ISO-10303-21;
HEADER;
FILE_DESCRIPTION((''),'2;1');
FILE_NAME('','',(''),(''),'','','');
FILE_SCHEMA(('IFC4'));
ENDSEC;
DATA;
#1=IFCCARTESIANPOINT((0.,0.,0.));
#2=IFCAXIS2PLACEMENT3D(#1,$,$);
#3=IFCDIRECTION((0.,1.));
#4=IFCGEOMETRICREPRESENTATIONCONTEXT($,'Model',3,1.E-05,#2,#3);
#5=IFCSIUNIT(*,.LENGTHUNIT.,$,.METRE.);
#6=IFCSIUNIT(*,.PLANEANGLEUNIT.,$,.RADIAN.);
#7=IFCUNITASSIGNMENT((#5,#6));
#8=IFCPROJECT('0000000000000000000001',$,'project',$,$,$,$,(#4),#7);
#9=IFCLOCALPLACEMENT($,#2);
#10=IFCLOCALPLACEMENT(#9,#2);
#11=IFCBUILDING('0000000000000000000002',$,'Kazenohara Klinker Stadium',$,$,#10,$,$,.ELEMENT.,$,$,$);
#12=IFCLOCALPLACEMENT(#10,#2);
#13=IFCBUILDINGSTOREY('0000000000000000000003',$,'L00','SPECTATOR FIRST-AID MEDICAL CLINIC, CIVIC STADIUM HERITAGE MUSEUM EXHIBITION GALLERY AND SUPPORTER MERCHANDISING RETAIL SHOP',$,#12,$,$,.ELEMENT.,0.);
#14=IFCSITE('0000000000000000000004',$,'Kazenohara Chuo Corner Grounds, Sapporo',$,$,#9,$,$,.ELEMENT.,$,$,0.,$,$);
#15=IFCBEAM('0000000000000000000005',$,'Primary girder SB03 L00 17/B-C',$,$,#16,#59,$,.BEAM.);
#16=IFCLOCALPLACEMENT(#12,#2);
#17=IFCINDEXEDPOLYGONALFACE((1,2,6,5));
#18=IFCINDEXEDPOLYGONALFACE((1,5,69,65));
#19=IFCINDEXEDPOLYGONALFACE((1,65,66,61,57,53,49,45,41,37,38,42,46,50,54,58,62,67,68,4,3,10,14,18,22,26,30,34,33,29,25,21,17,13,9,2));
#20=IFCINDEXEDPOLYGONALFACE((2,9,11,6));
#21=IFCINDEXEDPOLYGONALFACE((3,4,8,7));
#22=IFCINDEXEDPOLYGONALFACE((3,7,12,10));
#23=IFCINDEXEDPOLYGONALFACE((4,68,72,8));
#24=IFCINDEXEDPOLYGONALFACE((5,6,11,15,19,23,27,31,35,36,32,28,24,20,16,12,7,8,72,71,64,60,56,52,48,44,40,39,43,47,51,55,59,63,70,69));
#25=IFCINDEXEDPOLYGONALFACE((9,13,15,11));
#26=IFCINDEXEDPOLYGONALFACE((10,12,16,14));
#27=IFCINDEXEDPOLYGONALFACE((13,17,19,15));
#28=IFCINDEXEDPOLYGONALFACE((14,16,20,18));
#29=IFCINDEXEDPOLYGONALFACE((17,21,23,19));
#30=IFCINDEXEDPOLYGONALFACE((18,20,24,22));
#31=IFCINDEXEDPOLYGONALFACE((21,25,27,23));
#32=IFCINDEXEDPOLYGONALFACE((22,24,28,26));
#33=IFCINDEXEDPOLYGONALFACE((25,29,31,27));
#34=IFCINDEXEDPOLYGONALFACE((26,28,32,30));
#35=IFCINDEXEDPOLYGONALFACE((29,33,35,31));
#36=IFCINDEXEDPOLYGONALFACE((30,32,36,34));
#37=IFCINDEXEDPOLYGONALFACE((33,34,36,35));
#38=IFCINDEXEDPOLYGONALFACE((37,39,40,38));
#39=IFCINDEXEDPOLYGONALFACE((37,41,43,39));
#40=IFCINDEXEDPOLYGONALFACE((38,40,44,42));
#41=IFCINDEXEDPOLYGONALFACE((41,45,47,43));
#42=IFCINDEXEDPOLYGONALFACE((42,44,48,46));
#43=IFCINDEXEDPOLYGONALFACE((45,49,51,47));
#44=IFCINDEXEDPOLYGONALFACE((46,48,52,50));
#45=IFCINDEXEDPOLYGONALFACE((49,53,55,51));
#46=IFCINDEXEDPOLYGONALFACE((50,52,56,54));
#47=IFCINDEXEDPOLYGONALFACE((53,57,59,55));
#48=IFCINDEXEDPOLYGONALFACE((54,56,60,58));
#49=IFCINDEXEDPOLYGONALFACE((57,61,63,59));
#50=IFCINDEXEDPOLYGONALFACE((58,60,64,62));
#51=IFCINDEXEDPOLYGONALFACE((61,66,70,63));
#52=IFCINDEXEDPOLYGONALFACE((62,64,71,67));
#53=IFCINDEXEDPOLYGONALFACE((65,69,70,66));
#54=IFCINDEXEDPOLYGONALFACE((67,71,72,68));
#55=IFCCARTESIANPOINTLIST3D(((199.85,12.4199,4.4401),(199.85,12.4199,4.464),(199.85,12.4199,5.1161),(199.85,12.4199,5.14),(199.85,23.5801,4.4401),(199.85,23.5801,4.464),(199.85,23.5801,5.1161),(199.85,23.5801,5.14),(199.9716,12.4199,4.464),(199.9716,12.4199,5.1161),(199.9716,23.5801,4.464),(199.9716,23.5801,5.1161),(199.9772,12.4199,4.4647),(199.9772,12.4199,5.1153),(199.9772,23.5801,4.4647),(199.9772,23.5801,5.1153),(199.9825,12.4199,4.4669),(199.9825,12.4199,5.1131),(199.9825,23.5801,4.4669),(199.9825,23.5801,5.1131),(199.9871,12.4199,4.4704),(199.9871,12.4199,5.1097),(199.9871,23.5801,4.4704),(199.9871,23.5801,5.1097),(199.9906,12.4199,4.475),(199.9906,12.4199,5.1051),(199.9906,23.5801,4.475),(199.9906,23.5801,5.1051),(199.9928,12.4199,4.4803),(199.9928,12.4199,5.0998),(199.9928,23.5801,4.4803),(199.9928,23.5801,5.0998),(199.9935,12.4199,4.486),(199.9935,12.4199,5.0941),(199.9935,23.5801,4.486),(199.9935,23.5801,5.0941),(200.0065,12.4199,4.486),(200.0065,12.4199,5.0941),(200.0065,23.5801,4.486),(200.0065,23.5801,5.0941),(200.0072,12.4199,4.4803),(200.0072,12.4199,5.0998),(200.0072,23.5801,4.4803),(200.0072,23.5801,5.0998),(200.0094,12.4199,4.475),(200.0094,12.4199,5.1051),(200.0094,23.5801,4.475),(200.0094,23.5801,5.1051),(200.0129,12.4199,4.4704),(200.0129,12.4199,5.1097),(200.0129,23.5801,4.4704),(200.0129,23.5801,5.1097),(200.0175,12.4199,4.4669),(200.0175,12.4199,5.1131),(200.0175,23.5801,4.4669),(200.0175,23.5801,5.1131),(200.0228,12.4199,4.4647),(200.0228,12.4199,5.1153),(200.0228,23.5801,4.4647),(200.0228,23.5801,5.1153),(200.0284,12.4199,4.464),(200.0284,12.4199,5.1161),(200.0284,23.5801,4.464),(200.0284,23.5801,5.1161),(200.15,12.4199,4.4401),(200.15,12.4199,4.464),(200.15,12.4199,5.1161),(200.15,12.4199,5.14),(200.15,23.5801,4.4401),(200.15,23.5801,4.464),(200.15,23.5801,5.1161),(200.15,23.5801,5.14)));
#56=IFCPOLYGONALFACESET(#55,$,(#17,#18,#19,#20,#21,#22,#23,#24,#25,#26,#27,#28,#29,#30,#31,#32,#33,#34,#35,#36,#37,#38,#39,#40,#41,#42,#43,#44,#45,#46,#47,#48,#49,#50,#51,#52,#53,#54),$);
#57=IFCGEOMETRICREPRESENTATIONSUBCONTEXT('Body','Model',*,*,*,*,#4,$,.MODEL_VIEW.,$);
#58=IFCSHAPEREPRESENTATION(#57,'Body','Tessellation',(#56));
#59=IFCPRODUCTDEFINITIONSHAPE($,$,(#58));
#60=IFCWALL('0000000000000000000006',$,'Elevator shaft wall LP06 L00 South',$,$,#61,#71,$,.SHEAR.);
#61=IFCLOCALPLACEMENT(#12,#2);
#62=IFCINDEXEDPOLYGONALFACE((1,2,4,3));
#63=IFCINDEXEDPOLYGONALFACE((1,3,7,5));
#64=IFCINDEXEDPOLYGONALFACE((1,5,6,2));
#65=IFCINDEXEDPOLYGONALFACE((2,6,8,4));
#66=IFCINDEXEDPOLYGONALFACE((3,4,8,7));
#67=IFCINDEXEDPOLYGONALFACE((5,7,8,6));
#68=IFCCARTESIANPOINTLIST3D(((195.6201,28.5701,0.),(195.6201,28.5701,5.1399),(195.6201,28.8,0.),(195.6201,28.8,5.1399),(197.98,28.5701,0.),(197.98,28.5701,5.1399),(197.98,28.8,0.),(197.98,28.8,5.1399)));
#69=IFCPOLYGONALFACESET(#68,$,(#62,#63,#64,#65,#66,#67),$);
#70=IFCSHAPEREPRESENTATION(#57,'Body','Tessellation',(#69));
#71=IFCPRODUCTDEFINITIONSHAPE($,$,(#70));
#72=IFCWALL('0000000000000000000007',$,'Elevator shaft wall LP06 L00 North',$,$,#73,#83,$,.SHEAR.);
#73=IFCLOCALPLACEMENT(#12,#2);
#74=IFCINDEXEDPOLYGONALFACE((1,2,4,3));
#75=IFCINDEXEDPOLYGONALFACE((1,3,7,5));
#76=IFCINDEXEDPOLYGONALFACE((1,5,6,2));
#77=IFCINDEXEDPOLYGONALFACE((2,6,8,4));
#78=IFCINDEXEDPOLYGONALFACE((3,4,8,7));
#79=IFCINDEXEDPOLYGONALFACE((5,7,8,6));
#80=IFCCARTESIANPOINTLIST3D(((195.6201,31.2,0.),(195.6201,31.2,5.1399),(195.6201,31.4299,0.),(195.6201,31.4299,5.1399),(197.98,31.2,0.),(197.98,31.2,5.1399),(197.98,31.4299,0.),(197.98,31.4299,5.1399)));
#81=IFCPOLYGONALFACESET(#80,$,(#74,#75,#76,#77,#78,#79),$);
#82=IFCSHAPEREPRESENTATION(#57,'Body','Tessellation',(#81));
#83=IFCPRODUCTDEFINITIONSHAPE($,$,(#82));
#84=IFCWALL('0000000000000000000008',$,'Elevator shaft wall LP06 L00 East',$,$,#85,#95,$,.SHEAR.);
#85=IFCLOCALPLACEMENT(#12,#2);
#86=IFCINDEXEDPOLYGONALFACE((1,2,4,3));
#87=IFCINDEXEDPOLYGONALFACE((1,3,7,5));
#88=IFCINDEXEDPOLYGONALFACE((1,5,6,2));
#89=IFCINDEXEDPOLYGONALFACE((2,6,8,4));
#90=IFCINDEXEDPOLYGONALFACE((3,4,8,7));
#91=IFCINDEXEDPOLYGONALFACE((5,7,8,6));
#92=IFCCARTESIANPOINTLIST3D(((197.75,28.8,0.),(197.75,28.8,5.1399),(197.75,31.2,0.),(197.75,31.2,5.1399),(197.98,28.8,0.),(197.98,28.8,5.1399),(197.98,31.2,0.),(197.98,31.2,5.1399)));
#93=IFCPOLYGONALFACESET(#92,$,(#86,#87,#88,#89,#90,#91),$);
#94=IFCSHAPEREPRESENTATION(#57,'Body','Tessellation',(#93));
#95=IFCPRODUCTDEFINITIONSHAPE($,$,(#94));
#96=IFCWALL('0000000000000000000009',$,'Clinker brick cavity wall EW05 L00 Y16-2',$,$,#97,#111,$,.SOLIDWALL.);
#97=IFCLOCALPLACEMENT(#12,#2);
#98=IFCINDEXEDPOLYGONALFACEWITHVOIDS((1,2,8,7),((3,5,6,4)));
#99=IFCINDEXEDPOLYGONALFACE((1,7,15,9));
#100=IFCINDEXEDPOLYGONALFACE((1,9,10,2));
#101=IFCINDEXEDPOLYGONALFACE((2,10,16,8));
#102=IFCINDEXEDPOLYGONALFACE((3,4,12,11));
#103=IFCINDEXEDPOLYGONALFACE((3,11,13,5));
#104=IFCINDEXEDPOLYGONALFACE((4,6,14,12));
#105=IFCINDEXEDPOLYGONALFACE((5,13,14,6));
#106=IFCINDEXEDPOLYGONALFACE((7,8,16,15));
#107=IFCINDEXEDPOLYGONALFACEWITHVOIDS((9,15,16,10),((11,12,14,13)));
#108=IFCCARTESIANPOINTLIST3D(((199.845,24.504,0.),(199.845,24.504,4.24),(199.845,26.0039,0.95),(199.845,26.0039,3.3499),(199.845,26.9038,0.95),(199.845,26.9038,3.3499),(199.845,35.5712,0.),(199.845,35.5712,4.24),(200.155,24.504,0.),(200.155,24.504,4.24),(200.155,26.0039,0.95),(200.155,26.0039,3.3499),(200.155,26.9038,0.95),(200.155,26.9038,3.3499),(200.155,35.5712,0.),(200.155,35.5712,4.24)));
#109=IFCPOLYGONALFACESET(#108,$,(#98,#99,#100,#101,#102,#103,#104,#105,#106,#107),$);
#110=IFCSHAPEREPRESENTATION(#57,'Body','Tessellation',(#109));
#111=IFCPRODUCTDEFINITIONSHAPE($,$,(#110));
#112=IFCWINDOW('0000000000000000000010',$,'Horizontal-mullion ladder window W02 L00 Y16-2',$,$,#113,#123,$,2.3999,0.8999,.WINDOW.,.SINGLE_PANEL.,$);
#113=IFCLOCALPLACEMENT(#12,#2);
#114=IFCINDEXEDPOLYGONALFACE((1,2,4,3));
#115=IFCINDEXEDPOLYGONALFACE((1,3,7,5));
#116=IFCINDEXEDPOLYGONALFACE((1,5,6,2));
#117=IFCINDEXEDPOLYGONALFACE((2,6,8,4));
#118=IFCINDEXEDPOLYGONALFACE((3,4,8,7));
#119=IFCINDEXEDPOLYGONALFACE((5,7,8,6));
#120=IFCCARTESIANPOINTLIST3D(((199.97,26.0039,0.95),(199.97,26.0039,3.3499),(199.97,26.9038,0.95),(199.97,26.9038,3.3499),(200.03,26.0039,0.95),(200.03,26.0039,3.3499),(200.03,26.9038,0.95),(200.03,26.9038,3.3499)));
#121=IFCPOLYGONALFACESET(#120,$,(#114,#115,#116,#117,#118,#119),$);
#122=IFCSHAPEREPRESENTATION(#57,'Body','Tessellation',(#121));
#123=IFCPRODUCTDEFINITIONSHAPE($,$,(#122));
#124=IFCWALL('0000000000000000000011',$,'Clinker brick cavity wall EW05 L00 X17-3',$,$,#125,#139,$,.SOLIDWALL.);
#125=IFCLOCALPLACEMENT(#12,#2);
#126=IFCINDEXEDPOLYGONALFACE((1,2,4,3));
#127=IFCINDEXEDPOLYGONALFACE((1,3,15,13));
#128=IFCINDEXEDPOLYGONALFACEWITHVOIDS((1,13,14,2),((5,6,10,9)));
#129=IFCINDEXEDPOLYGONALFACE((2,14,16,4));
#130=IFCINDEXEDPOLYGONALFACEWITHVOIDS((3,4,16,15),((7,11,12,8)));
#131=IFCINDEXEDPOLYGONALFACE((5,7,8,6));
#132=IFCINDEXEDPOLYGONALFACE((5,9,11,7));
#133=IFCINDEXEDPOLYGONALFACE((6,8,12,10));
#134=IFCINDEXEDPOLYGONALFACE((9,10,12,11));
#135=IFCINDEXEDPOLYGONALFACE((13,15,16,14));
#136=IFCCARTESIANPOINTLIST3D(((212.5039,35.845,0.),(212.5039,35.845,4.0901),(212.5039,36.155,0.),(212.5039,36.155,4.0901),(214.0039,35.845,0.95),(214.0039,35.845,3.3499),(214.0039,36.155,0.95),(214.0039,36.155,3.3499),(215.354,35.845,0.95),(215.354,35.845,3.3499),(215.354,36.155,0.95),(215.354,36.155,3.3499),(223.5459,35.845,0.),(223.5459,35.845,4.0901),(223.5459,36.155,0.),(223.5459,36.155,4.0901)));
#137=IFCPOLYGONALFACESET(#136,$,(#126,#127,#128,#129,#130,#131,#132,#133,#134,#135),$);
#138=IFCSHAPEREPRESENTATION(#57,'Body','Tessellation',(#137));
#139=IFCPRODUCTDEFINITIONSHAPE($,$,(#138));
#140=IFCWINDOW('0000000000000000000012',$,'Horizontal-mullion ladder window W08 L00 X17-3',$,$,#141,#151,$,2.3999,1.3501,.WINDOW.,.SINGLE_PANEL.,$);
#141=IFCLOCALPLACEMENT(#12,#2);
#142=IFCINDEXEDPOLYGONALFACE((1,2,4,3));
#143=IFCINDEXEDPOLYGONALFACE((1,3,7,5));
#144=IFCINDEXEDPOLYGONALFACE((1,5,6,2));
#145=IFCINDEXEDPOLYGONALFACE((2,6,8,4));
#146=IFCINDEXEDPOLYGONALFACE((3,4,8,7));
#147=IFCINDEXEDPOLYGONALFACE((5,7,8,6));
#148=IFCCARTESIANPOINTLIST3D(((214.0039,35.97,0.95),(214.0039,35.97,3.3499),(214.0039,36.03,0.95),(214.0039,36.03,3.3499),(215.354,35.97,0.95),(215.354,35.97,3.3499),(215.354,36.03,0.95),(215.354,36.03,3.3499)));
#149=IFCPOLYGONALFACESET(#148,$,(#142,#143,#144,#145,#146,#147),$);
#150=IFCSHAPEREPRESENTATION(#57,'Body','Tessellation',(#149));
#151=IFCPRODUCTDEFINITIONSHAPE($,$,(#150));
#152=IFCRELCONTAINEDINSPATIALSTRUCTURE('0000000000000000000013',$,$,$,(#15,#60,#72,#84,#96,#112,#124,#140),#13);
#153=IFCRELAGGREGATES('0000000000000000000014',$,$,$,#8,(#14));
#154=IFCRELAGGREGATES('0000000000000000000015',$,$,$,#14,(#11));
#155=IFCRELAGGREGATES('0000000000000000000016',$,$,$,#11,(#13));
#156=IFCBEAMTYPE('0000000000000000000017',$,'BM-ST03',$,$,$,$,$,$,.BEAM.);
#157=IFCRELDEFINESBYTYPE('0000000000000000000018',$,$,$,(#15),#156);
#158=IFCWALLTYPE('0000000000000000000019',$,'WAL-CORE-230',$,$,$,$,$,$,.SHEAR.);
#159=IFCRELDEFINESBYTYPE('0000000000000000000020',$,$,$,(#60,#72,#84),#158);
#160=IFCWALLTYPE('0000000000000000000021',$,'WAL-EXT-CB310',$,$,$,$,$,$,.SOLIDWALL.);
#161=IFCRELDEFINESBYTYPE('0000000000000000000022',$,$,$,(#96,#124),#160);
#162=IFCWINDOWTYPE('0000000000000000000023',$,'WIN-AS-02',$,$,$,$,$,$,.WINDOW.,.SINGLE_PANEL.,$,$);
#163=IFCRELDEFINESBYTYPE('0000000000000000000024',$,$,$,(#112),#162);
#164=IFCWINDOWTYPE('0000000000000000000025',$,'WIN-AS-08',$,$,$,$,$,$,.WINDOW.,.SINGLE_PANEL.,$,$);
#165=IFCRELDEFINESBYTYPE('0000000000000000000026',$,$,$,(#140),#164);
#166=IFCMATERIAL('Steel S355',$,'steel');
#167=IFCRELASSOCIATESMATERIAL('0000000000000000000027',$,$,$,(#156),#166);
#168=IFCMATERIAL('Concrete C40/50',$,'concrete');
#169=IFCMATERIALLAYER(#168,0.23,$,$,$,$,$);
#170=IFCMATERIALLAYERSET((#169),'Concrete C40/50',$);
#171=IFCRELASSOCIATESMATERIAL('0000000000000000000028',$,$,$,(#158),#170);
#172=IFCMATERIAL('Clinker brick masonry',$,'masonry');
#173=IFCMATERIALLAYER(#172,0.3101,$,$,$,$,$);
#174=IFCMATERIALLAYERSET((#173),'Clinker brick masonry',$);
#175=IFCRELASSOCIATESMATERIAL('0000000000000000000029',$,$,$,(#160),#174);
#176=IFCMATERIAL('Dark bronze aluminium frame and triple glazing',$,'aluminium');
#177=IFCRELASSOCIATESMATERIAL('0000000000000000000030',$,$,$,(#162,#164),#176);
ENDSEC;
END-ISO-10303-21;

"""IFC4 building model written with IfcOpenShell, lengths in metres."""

from ifc_helpers import new_model, si_unit, direction, frame, frame_2d, origin, origin_2d, place, context, subcontext, project, spatial, rectangle, i_section, extrude, material, layer, layer_set, material_profile, profile_set, type_object, element, fill, save


model = new_model("IFC4")

# Units and contexts
model_context = context("Model", 3, precision=1e-05, world=origin(), true_north=direction((0.0, 1.0)))
body_context = subcontext(model_context, "Body", "Model", "MODEL_VIEW")
ifc_project = project(units=[si_unit("LENGTHUNIT", "METRE"), si_unit("PLANEANGLEUNIT", "RADIAN")], contexts=[model_context])

# Site, building, storey
site_placement = place(None, origin())
site = spatial("IfcSite", under=ifc_project, at=site_placement, Name="Kazenohara Chuo Corner Grounds, Sapporo", CompositionType="ELEMENT", RefElevation=0.0)
building_placement = place(site_placement, origin())
building = spatial("IfcBuilding", under=site, at=building_placement, Name="Kazenohara Klinker Stadium", CompositionType="ELEMENT")
storey_placement = place(building_placement, origin())
storey = spatial("IfcBuildingStorey", under=building, at=storey_placement, Name="L00", Description="SPECTATOR FIRST-AID MEDICAL CLINIC, CIVIC STADIUM HERITAGE MUSEUM EXHIBITION GALLERY AND SUPPORTER MERCHANDISING RETAIL SHOP", CompositionType="ELEMENT", Elevation=0.0)

# Shared definitions
ifc_material_1 = material(Name="Concrete C40/50", Category="concrete")

# Beam
ifc_material_2 = material(Name="Steel S355", Category="steel")
ifc_material_profile_1 = material_profile(ifc_material_2, i_section(OverallWidth=0.3, OverallDepth=0.7, WebThickness=0.0129, FlangeThickness=0.0239, FilletRadius=0.022, at=origin_2d()), Name="H-700x300x13x24")
ifc_profile_set_1 = profile_set([ifc_material_profile_1], Name="Steel S355")
beam_type_1 = type_object("IfcBeamType", Name="BM-ST03", PredefinedType="BEAM", material=ifc_profile_set_1)
beam_1_placement = place(storey_placement, frame((200.0, 12.4199, 4.79), z_axis=(0.0, 1.0, 0.0), x_axis=(-1.0, 0.0, 0.0)))
element("IfcBeam", 1, at=beam_1_placement, inside=storey, type_object=beam_type_1, Name="Primary girder SB03 L00 17/B-C", PredefinedType="BEAM", context=body_context, shape_type="SweptSolid", body=[
    extrude(i_section(OverallWidth=0.3, OverallDepth=0.7, WebThickness=0.0129, FlangeThickness=0.0239, FilletRadius=0.022, at=origin_2d()), origin(), (0.0, 0.0, 1.0), 11.1602),
])

# Walls
ifc_layer_1 = layer(ifc_material_1, 0.23)
ifc_layer_set_1 = layer_set([ifc_layer_1], Name="Concrete C40/50")
wall_type_1 = type_object("IfcWallType", Name="WAL-CORE-230", PredefinedType="SHEAR", material=ifc_layer_set_1)
for number, where, z_axis, x_axis, name in (
    (2, (195.6201, 28.6851, 0.0), (0.0, 0.0, 1.0), (1.0, 0.0, 0.0), "Elevator shaft wall LP06 L00 South"),
    (3, (195.6201, 31.3149, 0.0), (0.0, 0.0, 1.0), (1.0, 0.0, 0.0), "Elevator shaft wall LP06 L00 North"),
):
    element("IfcWall", number, at=place(storey_placement, frame(where, z_axis=z_axis, x_axis=x_axis)), inside=storey, type_object=wall_type_1, Name=name, PredefinedType="SHEAR", context=body_context, shape_type="SweptSolid", body=[
        extrude(rectangle(XDim=2.3599, YDim=0.23, at=frame_2d((1.1799, 0.0))), origin(), (0.0, 0.0, 1.0), 5.1399),
    ])

# Wall
wall_1_placement = place(storey_placement, frame((197.865, 28.8, 0.0), z_axis=(0.0, 0.0, 1.0), x_axis=(0.0, 1.0, 0.0)))
element("IfcWall", 4, at=wall_1_placement, inside=storey, type_object=wall_type_1, Name="Elevator shaft wall LP06 L00 East", PredefinedType="SHEAR", context=body_context, shape_type="SweptSolid", body=[
    extrude(rectangle(XDim=2.3999, YDim=0.23, at=frame_2d((1.2, 0.0))), origin(), (0.0, 0.0, 1.0), 5.1399),
])

# Walls, openings, windows
ifc_material_3 = material(Name="Clinker brick masonry", Category="masonry")
ifc_layer_2 = layer(ifc_material_3, 0.3101)
ifc_layer_set_2 = layer_set([ifc_layer_2], Name="Clinker brick masonry")
wall_type_2 = type_object("IfcWallType", Name="WAL-EXT-CB310", PredefinedType="SOLIDWALL", material=ifc_layer_set_2)
wall_2_placement = place(storey_placement, frame((200.0, 24.5039, 0.0), z_axis=(0.0, 0.0, 1.0), x_axis=(0.0, 1.0, 0.0)))
wall_2 = element("IfcWall", 5, at=wall_2_placement, inside=storey, type_object=wall_type_2, Name="Clinker brick cavity wall EW05 L00 Y16-2", PredefinedType="SOLIDWALL", context=body_context, shape_type="SweptSolid", body=[
    extrude(rectangle(XDim=11.0671, YDim=0.3101, at=frame_2d((5.5337, 0.0))), origin(), (0.0, 0.0, 1.0), 4.24),
])
opening_1_placement = place(wall_2_placement, frame((1.5, 0.0, 0.95)))
opening_1 = element("IfcOpeningElement", 6, at=opening_1_placement, cuts=wall_2, PredefinedType="OPENING", context=body_context, shape_type="SweptSolid", body=[
    extrude(rectangle(XDim=0.8999, YDim=2.3999, at=frame_2d((0.45, 1.2))), frame((0.0, 0.165, 0.0), z_axis=(0.0, -1.0, 0.0), x_axis=(1.0, 0.0, 0.0)), (0.0, 0.0, 1.0), 0.3301),
])
ifc_material_4 = material(Name="Dark bronze aluminium frame and triple glazing", Category="aluminium")
window_type_1 = type_object("IfcWindowType", Name="WIN-AS-02", PartitioningType="SINGLE_PANEL", PredefinedType="WINDOW", material=ifc_material_4)
window_1_placement = place(opening_1_placement, origin())
window_1 = element("IfcWindow", 7, at=window_1_placement, inside=storey, type_object=window_type_1, Name="Horizontal-mullion ladder window W02 L00 Y16-2", OverallHeight=2.3999, OverallWidth=0.8999, PartitioningType="SINGLE_PANEL", PredefinedType="WINDOW", context=body_context, shape_type="SweptSolid", body=[
    extrude(rectangle(XDim=0.8999, YDim=2.3999, at=frame_2d((0.45, 1.2))), frame((0.0, 0.03, 0.0), z_axis=(0.0, -1.0, 0.0), x_axis=(1.0, 0.0, 0.0)), (0.0, 0.0, 1.0), 0.0601),
])
fill(opening_1, window_1)
wall_3_placement = place(storey_placement, frame((212.5039, 36.0, 0.0), z_axis=(0.0, 0.0, 1.0), x_axis=(1.0, 0.0, 0.0)))
wall_3 = element("IfcWall", 8, at=wall_3_placement, inside=storey, type_object=wall_type_2, Name="Clinker brick cavity wall EW05 L00 X17-3", PredefinedType="SOLIDWALL", context=body_context, shape_type="SweptSolid", body=[
    extrude(rectangle(XDim=11.042, YDim=0.3101, at=frame_2d((5.521, 0.0))), origin(), (0.0, 0.0, 1.0), 4.0901),
])
opening_2_placement = place(wall_3_placement, frame((1.5, 0.0, 0.95)))
opening_2 = element("IfcOpeningElement", 9, at=opening_2_placement, cuts=wall_3, PredefinedType="OPENING", context=body_context, shape_type="SweptSolid", body=[
    extrude(rectangle(XDim=1.3501, YDim=2.3999, at=frame_2d((0.675, 1.2))), frame((0.0, 0.165, 0.0), z_axis=(0.0, -1.0, 0.0), x_axis=(1.0, 0.0, 0.0)), (0.0, 0.0, 1.0), 0.3301),
])
window_type_2 = type_object("IfcWindowType", Name="WIN-AS-08", PartitioningType="SINGLE_PANEL", PredefinedType="WINDOW", material=ifc_material_4)
window_2_placement = place(opening_2_placement, origin())
window_2 = element("IfcWindow", 10, at=window_2_placement, inside=storey, type_object=window_type_2, Name="Horizontal-mullion ladder window W08 L00 X17-3", OverallHeight=2.3999, OverallWidth=1.3501, PartitioningType="SINGLE_PANEL", PredefinedType="WINDOW", context=body_context, shape_type="SweptSolid", body=[
    extrude(rectangle(XDim=1.3501, YDim=2.3999, at=frame_2d((0.675, 1.2))), frame((0.0, 0.03, 0.0), z_axis=(0.0, -1.0, 0.0), x_axis=(1.0, 0.0, 0.0)), (0.0, 0.0, 1.0), 0.0601),
])
fill(opening_2, window_2)

save(model, "model.ifc")
